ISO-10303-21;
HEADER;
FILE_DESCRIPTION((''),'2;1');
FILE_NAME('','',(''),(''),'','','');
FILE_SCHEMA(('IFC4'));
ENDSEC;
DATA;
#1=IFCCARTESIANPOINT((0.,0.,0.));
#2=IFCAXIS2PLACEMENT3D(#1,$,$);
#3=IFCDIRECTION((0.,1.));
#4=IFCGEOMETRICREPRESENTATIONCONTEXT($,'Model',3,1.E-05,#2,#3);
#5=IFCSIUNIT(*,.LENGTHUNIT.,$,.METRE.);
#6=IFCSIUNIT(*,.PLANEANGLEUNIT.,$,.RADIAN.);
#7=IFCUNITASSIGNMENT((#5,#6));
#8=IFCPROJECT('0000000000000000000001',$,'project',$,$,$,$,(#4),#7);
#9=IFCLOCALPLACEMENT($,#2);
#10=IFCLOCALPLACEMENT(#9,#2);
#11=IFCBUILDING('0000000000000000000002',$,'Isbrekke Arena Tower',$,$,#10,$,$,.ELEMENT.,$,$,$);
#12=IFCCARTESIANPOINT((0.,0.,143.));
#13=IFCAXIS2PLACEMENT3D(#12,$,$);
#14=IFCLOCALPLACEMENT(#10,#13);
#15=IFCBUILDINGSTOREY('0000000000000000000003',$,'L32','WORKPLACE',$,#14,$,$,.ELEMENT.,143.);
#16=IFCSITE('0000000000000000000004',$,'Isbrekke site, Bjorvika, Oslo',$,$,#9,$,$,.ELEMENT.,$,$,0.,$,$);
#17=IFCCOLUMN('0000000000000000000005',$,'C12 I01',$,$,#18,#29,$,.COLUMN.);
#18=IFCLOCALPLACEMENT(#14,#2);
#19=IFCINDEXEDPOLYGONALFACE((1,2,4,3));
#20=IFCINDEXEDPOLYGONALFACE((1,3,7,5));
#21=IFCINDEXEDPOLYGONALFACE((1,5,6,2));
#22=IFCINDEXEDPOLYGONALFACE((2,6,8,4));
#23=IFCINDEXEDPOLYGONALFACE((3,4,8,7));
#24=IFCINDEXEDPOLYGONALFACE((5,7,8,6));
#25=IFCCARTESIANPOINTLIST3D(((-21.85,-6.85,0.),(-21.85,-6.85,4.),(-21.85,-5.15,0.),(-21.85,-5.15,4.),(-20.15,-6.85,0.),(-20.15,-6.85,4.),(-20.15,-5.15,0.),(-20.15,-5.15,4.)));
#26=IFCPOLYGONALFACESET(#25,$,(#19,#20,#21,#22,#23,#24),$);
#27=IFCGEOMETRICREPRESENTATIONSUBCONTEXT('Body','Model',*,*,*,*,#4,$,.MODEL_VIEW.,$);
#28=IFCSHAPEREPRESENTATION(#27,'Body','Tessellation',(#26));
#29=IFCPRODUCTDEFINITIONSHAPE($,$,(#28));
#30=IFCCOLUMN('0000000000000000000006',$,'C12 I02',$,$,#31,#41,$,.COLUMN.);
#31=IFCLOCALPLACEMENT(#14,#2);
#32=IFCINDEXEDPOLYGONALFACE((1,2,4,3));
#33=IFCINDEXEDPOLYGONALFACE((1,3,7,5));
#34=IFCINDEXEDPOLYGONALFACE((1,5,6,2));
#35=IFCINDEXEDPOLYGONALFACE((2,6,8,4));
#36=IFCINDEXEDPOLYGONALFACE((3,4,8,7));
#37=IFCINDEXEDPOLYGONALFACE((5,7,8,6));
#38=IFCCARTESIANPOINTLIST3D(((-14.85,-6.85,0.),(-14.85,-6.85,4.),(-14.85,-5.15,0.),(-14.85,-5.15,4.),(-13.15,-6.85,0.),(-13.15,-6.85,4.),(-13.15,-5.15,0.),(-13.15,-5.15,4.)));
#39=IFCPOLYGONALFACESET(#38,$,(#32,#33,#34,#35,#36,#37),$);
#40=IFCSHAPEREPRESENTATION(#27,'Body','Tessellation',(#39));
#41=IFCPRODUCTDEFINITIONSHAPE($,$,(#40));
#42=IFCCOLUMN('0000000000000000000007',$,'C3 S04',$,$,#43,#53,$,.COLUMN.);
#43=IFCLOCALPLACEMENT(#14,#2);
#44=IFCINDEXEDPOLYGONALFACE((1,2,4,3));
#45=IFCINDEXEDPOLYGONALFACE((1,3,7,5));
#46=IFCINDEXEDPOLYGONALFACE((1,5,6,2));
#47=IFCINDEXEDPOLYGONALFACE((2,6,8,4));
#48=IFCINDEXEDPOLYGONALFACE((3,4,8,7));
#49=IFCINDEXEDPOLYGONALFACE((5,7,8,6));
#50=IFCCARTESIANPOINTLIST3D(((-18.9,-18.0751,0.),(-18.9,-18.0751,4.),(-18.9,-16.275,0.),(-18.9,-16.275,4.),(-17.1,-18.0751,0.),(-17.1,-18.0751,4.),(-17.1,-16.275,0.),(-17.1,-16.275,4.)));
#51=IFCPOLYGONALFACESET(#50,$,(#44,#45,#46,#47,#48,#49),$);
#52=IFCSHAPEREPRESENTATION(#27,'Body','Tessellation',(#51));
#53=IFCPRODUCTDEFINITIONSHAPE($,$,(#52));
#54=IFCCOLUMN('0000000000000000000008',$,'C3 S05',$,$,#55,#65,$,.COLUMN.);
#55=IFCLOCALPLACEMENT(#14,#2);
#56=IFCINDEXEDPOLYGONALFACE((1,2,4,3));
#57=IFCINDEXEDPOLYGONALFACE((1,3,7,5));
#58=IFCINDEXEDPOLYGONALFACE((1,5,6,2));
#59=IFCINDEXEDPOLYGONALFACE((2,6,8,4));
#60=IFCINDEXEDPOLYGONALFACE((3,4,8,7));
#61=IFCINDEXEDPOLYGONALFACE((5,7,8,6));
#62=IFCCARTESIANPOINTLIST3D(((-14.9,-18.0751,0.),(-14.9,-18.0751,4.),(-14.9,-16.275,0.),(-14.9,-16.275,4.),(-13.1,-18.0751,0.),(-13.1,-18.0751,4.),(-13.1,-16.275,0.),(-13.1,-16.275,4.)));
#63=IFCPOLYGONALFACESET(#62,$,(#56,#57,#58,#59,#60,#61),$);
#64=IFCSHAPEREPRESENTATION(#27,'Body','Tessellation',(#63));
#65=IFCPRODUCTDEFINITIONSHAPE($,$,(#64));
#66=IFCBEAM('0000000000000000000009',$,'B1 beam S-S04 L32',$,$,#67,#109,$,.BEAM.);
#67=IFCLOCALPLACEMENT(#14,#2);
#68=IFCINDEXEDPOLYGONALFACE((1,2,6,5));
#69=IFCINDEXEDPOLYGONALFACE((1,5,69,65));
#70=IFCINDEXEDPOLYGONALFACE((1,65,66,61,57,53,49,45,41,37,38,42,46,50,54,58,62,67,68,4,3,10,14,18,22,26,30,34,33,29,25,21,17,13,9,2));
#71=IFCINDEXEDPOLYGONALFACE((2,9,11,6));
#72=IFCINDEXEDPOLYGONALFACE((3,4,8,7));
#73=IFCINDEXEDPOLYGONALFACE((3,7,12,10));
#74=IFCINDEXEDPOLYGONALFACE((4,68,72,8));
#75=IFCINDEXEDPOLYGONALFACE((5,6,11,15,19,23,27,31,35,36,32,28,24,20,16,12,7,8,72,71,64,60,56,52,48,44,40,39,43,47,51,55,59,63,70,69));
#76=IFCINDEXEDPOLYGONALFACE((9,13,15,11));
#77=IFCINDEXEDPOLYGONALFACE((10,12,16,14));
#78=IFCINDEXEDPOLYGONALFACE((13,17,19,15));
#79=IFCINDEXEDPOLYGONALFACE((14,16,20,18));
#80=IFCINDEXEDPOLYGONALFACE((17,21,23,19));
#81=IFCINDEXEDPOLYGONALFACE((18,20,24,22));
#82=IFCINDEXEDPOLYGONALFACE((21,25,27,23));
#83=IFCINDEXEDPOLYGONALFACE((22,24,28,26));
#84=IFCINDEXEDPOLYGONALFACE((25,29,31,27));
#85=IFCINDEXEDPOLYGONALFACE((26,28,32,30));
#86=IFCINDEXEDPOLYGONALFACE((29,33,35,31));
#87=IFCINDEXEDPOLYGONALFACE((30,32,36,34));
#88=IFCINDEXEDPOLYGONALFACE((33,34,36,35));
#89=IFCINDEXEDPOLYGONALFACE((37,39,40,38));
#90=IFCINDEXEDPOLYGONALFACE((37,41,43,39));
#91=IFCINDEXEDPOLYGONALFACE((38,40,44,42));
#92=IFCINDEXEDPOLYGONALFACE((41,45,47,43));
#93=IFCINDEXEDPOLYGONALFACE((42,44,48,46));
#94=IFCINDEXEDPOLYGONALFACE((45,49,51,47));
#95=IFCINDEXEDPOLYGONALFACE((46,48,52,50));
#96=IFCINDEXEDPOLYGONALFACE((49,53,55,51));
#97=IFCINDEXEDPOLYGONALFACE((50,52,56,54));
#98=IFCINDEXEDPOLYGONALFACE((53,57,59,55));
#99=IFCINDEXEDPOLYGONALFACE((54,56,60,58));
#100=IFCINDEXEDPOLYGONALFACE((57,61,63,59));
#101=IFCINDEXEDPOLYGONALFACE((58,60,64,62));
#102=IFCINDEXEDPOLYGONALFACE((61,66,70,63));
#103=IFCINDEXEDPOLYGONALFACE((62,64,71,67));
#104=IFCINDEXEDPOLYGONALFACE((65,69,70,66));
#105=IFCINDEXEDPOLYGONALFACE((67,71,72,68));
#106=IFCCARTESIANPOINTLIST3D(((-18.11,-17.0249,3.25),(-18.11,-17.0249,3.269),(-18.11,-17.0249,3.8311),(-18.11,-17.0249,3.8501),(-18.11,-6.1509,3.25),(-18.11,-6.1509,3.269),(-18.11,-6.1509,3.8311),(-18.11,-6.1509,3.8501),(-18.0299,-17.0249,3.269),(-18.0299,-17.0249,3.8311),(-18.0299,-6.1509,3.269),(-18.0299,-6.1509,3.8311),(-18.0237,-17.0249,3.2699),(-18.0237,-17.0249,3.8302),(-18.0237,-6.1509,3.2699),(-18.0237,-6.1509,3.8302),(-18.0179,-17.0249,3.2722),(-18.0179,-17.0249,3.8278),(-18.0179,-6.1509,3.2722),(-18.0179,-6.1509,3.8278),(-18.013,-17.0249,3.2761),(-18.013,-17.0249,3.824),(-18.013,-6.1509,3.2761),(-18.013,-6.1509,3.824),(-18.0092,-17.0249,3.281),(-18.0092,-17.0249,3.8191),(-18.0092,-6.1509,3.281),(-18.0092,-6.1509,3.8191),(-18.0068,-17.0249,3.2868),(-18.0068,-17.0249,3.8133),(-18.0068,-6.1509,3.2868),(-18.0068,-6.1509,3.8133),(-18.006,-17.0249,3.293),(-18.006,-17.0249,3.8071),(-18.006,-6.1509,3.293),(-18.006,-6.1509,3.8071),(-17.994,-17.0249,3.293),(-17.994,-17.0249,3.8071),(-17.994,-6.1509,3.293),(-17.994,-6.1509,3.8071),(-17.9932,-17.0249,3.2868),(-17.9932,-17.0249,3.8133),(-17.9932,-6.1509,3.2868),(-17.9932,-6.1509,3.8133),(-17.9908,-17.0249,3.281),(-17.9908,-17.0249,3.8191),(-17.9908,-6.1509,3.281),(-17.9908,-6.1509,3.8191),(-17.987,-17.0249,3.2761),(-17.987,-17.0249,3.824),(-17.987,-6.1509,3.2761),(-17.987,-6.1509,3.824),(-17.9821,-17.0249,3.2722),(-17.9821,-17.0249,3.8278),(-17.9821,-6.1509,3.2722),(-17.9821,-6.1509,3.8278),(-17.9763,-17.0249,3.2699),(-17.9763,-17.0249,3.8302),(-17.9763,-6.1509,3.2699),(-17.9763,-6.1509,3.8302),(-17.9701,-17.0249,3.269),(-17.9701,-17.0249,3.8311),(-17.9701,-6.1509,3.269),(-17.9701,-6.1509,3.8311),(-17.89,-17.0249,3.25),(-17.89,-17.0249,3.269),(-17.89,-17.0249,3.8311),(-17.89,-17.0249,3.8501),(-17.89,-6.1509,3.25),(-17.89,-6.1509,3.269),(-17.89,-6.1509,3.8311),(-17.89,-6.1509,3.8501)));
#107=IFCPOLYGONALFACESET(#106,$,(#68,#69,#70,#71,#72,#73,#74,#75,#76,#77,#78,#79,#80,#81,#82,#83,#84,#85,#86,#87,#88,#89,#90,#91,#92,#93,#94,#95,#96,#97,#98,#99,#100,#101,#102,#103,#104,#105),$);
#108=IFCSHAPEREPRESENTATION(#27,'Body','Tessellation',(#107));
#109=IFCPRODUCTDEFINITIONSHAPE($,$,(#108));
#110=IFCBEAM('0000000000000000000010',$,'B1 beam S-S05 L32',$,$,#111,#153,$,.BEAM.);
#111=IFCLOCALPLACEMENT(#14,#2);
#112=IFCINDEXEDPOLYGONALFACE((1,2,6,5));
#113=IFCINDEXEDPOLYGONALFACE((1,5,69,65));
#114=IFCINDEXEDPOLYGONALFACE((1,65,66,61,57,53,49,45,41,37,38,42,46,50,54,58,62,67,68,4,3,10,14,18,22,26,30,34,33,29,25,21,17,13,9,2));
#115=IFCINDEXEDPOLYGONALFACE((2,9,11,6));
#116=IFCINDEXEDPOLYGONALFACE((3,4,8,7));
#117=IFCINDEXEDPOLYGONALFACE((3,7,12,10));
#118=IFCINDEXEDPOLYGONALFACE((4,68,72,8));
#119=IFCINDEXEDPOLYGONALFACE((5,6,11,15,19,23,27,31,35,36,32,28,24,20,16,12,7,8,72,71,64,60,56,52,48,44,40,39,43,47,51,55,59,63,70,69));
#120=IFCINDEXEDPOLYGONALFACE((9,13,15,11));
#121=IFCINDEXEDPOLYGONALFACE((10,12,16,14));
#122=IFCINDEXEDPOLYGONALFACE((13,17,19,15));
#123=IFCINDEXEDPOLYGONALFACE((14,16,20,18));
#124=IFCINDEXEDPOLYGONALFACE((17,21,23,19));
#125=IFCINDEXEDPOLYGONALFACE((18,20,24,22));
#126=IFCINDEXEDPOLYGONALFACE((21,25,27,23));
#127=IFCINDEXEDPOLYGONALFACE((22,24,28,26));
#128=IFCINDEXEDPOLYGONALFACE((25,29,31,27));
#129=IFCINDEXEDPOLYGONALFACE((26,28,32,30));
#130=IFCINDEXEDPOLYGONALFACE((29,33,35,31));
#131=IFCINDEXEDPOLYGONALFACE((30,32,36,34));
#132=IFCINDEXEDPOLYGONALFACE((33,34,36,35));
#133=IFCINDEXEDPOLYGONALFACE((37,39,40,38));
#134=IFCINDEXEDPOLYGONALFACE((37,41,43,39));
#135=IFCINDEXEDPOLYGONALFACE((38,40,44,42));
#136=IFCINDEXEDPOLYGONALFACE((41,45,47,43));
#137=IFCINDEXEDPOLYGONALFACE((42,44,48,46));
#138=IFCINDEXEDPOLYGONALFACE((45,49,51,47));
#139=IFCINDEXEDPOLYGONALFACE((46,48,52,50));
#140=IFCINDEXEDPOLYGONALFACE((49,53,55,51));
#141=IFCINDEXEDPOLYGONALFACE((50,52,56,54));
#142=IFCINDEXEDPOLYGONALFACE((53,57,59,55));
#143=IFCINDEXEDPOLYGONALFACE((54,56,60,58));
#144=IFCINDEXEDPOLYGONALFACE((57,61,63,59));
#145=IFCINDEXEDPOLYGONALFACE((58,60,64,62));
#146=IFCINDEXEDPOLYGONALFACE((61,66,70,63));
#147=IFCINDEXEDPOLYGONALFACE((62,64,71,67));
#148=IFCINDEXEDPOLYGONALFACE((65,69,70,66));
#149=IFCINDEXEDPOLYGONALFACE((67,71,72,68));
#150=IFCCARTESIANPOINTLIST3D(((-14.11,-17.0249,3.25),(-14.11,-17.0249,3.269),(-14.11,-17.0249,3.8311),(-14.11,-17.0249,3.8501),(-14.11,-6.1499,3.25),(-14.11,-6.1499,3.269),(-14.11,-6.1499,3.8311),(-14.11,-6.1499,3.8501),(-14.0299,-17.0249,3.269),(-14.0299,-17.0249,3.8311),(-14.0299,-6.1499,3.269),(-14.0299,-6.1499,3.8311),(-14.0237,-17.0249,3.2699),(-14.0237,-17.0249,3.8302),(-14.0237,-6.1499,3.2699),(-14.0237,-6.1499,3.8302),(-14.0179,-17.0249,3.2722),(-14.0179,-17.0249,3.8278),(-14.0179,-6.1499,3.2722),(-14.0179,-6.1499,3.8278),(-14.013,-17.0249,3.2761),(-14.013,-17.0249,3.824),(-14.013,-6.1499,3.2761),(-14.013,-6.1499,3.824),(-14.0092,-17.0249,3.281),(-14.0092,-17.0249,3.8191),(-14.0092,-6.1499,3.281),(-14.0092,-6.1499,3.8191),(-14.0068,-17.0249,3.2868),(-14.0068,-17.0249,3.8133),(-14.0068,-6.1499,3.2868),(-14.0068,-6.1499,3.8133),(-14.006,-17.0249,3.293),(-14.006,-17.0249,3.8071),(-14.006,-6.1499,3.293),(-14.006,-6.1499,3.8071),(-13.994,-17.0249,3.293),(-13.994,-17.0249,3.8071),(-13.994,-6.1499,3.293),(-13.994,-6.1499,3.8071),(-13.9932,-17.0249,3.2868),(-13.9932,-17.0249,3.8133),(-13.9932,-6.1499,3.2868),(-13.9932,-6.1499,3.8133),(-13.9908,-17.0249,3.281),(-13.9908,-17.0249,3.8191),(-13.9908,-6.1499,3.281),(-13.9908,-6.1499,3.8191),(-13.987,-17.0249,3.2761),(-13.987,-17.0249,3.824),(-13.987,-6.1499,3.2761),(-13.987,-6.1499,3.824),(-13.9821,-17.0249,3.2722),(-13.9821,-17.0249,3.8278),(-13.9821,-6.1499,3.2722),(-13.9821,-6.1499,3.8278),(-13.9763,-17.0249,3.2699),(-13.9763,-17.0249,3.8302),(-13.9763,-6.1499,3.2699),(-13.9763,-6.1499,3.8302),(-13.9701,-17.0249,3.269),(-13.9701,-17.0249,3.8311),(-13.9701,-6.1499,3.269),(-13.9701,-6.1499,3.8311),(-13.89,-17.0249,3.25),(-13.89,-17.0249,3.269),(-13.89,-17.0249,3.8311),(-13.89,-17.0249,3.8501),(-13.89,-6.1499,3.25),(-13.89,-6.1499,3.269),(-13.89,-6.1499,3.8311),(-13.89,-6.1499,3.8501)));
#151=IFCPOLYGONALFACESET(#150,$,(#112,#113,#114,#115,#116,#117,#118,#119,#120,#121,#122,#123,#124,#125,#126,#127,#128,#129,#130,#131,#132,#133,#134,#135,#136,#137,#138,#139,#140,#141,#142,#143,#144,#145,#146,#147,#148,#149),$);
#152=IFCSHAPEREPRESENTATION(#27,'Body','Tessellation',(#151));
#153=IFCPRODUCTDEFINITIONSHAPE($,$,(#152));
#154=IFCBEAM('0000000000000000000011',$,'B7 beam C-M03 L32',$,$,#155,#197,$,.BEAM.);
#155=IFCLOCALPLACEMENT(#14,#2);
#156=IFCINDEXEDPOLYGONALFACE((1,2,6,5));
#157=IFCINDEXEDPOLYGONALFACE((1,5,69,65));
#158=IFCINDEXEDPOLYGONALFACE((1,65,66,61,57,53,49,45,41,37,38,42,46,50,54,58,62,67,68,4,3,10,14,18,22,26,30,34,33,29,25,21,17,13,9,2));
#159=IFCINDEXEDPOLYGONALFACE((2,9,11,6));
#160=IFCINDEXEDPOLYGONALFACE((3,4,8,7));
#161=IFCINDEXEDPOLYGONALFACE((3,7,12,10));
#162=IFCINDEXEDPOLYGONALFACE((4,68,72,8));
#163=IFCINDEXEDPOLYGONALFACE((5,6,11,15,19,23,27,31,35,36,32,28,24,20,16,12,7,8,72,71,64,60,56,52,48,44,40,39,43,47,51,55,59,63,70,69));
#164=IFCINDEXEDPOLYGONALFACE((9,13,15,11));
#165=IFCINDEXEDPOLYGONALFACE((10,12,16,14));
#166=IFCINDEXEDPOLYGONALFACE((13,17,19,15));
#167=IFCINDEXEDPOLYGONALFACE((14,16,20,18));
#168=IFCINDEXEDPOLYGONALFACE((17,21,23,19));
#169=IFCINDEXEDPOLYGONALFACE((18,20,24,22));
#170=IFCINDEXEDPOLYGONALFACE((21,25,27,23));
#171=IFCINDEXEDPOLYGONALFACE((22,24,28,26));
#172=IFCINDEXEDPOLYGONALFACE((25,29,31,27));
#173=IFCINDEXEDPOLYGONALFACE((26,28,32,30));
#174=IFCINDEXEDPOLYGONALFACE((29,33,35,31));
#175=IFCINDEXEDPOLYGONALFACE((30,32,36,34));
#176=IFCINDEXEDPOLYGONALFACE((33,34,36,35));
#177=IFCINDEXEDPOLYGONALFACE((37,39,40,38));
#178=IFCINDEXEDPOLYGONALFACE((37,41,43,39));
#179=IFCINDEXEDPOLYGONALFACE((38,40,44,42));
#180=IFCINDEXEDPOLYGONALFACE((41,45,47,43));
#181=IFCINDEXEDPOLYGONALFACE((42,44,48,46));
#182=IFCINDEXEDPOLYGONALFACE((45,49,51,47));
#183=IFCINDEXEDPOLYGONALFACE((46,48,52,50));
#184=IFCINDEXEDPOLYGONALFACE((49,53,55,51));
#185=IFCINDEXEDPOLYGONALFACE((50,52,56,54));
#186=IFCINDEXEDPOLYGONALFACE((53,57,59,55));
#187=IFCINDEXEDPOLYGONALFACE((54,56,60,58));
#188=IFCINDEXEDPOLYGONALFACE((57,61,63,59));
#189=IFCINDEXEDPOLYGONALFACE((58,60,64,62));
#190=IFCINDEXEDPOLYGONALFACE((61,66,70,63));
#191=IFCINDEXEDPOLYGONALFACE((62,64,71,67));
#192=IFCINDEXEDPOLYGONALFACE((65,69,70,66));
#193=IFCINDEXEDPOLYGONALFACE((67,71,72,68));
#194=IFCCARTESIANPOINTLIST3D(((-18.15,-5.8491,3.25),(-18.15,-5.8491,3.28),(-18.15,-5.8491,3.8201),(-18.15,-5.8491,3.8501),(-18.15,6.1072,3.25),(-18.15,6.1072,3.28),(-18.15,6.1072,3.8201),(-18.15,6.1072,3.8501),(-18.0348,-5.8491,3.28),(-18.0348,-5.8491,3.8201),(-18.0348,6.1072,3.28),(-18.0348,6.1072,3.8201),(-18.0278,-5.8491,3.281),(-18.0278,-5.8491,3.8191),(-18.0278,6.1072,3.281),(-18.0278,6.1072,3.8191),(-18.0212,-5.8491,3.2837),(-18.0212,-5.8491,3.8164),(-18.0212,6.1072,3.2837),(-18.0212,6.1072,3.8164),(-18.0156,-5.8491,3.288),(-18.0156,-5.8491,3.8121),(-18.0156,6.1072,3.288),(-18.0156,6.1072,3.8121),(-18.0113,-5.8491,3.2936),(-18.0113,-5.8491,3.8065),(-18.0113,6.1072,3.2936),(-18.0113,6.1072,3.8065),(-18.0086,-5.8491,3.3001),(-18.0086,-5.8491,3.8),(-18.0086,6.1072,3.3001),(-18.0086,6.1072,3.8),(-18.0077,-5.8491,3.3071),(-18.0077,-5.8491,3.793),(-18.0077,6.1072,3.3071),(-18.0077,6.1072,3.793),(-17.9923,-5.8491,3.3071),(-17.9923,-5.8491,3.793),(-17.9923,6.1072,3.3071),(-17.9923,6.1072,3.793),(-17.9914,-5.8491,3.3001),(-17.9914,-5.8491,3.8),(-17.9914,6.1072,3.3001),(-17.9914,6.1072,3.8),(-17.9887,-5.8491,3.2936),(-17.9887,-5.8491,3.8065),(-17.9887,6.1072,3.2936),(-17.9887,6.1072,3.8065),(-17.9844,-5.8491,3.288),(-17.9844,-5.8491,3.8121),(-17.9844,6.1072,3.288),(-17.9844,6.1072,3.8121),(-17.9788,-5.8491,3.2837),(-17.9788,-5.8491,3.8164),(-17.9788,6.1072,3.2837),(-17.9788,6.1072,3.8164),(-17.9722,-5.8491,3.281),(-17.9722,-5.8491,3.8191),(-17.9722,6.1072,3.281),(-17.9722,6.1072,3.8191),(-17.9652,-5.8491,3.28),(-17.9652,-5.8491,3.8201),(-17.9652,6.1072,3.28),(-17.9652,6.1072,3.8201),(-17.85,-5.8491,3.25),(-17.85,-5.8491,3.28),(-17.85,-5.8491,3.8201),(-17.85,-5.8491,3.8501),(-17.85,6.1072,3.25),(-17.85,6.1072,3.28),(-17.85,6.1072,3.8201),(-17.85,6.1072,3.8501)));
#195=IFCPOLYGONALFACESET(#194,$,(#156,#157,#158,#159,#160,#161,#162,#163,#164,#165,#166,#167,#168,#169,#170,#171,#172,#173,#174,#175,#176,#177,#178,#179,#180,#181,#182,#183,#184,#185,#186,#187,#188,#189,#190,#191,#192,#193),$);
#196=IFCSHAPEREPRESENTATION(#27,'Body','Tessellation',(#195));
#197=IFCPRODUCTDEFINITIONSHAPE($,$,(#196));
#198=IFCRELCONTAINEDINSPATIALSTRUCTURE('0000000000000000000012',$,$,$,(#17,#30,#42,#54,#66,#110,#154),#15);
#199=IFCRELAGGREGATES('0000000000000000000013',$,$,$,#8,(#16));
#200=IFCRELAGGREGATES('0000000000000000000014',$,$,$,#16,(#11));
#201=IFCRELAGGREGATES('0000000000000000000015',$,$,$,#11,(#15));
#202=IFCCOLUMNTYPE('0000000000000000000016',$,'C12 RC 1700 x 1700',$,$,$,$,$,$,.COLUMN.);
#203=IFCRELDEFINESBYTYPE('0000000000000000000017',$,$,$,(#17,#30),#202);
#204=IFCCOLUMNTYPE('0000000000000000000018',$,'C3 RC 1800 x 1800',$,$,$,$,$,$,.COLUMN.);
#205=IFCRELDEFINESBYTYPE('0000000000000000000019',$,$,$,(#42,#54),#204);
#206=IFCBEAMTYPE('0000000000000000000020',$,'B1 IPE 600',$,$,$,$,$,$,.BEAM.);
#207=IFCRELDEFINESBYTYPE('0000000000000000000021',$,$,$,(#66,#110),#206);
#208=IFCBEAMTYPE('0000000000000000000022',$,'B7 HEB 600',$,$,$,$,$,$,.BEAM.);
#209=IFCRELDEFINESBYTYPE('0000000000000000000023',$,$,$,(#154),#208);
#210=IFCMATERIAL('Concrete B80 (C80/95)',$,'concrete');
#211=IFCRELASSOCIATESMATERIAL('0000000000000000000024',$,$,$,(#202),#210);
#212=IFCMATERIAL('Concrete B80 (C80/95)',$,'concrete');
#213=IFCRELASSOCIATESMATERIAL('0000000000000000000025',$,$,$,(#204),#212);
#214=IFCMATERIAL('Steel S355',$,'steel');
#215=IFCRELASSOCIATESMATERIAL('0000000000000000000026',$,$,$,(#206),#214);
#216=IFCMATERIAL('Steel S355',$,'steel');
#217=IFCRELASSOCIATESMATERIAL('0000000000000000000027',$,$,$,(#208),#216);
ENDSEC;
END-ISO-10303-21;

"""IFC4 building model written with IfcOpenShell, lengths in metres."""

from ifc_helpers import new_model, si_unit, direction, frame, origin, origin_2d, place, context, subcontext, project, spatial, rectangle, i_section, extrude, material, material_profile, profile_set, type_object, element, save


model = new_model("IFC4")

# Units and contexts
model_context = context("Model", 3, precision=1e-05, world=origin(), true_north=direction((0.0, 1.0)))
body_context = subcontext(model_context, "Body", "Model", "MODEL_VIEW")
ifc_project = project(units=[si_unit("LENGTHUNIT", "METRE"), si_unit("PLANEANGLEUNIT", "RADIAN")], contexts=[model_context])

# Site, building, storey
site_placement = place(None, origin())
site = spatial("IfcSite", under=ifc_project, at=site_placement, Name="Isbrekke site, Bjorvika, Oslo", CompositionType="ELEMENT", RefElevation=0.0)
building_placement = place(site_placement, origin())
building = spatial("IfcBuilding", under=site, at=building_placement, Name="Isbrekke Arena Tower", CompositionType="ELEMENT")
storey_placement = place(building_placement, frame((0.0, 0.0, 143.0)))
storey = spatial("IfcBuildingStorey", under=building, at=storey_placement, Name="L32", Description="WORKPLACE", CompositionType="ELEMENT", Elevation=143.0)

# Columns
ifc_material_1 = material(Name="Concrete B80 (C80/95)", Category="concrete")
ifc_material_profile_1 = material_profile(ifc_material_1, rectangle(XDim=1.7, YDim=1.7, at=origin_2d()), Name="RC 1700x1700")
ifc_profile_set_1 = profile_set([ifc_material_profile_1], Name="Concrete B80 (C80/95)")
column_type_1 = type_object("IfcColumnType", Name="C12 RC 1700 x 1700", PredefinedType="COLUMN", material=ifc_profile_set_1)
for number, where, z_axis, x_axis, name in (
    (1, (-21.0, -6.0, 0.0), (0.0, 0.0, 1.0), (1.0, 0.0, 0.0), "C12 I01"),
    (2, (-14.0, -6.0, 0.0), (0.0, 0.0, 1.0), (1.0, 0.0, 0.0), "C12 I02"),
):
    element("IfcColumn", number, at=place(storey_placement, frame(where, z_axis=z_axis, x_axis=x_axis)), inside=storey, type_object=column_type_1, Name=name, PredefinedType="COLUMN", context=body_context, shape_type="SweptSolid", body=[
        extrude(rectangle(XDim=1.7, YDim=1.7, at=origin_2d()), origin(), (0.0, 0.0, 1.0), 4.0),
    ])
ifc_material_2 = material(Name="Concrete B80 (C80/95)", Category="concrete")
ifc_material_profile_2 = material_profile(ifc_material_2, rectangle(XDim=1.8, YDim=1.8, at=origin_2d()), Name="RC 1800x1800")
ifc_profile_set_2 = profile_set([ifc_material_profile_2], Name="Concrete B80 (C80/95)")
column_type_2 = type_object("IfcColumnType", Name="C3 RC 1800 x 1800", PredefinedType="COLUMN", material=ifc_profile_set_2)
for number, where, z_axis, x_axis, name in (
    (3, (-18.0, -17.175, 0.0), (0.0, 0.0, 1.0), (1.0, 0.0, 0.0), "C3 S04"),
    (4, (-14.0, -17.175, 0.0), (0.0, 0.0, 1.0), (1.0, 0.0, 0.0), "C3 S05"),
):
    element("IfcColumn", number, at=place(storey_placement, frame(where, z_axis=z_axis, x_axis=x_axis)), inside=storey, type_object=column_type_2, Name=name, PredefinedType="COLUMN", context=body_context, shape_type="SweptSolid", body=[
        extrude(rectangle(XDim=1.8, YDim=1.8, at=origin_2d()), origin(), (0.0, 0.0, 1.0), 4.0),
    ])

# Beams
ifc_material_3 = material(Name="Steel S355", Category="steel")
ifc_material_profile_3 = material_profile(ifc_material_3, i_section(OverallWidth=0.22, OverallDepth=0.6001, WebThickness=0.012, FlangeThickness=0.019, FilletRadius=0.0239, at=origin_2d()), Name="IPE 600")
ifc_profile_set_3 = profile_set([ifc_material_profile_3], Name="Steel S355")
beam_type_1 = type_object("IfcBeamType", Name="B1 IPE 600", PredefinedType="BEAM", material=ifc_profile_set_3)
beam_1_placement = place(storey_placement, frame((-18.0, -17.0249, 3.55), z_axis=(0.0, 1.0, 0.0), x_axis=(-1.0, 0.0, 0.0)))
element("IfcBeam", 5, at=beam_1_placement, inside=storey, type_object=beam_type_1, Name="B1 beam S-S04 L32", PredefinedType="BEAM", context=body_context, shape_type="SweptSolid", body=[
    extrude(i_section(OverallWidth=0.22, OverallDepth=0.6001, WebThickness=0.012, FlangeThickness=0.019, FilletRadius=0.0239, at=origin_2d()), origin(), (0.0, 0.0, 1.0), 10.874),
])
beam_2_placement = place(storey_placement, frame((-14.0, -17.0249, 3.55), z_axis=(0.0, 1.0, 0.0), x_axis=(-1.0, 0.0, 0.0)))
element("IfcBeam", 6, at=beam_2_placement, inside=storey, type_object=beam_type_1, Name="B1 beam S-S05 L32", PredefinedType="BEAM", context=body_context, shape_type="SweptSolid", body=[
    extrude(i_section(OverallWidth=0.22, OverallDepth=0.6001, WebThickness=0.012, FlangeThickness=0.019, FilletRadius=0.0239, at=origin_2d()), origin(), (0.0, 0.0, 1.0), 10.875),
])
ifc_material_4 = material(Name="Steel S355", Category="steel")
ifc_material_profile_4 = material_profile(ifc_material_4, i_section(OverallWidth=0.3, OverallDepth=0.6001, WebThickness=0.0154, FlangeThickness=0.03, FilletRadius=0.0271, at=origin_2d()), Name="HEB 600")
ifc_profile_set_4 = profile_set([ifc_material_profile_4], Name="Steel S355")
beam_type_2 = type_object("IfcBeamType", Name="B7 HEB 600", PredefinedType="BEAM", material=ifc_profile_set_4)
beam_3_placement = place(storey_placement, frame((-18.0, -5.8491, 3.55), z_axis=(0.0, 1.0, 0.0), x_axis=(-1.0, 0.0, 0.0)))
element("IfcBeam", 7, at=beam_3_placement, inside=storey, type_object=beam_type_2, Name="B7 beam C-M03 L32", PredefinedType="BEAM", context=body_context, shape_type="SweptSolid", body=[
    extrude(i_section(OverallWidth=0.3, OverallDepth=0.6001, WebThickness=0.0154, FlangeThickness=0.03, FilletRadius=0.0271, at=origin_2d()), origin(), (0.0, 0.0, 1.0), 11.9563),
])

save(model, "model.ifc")
